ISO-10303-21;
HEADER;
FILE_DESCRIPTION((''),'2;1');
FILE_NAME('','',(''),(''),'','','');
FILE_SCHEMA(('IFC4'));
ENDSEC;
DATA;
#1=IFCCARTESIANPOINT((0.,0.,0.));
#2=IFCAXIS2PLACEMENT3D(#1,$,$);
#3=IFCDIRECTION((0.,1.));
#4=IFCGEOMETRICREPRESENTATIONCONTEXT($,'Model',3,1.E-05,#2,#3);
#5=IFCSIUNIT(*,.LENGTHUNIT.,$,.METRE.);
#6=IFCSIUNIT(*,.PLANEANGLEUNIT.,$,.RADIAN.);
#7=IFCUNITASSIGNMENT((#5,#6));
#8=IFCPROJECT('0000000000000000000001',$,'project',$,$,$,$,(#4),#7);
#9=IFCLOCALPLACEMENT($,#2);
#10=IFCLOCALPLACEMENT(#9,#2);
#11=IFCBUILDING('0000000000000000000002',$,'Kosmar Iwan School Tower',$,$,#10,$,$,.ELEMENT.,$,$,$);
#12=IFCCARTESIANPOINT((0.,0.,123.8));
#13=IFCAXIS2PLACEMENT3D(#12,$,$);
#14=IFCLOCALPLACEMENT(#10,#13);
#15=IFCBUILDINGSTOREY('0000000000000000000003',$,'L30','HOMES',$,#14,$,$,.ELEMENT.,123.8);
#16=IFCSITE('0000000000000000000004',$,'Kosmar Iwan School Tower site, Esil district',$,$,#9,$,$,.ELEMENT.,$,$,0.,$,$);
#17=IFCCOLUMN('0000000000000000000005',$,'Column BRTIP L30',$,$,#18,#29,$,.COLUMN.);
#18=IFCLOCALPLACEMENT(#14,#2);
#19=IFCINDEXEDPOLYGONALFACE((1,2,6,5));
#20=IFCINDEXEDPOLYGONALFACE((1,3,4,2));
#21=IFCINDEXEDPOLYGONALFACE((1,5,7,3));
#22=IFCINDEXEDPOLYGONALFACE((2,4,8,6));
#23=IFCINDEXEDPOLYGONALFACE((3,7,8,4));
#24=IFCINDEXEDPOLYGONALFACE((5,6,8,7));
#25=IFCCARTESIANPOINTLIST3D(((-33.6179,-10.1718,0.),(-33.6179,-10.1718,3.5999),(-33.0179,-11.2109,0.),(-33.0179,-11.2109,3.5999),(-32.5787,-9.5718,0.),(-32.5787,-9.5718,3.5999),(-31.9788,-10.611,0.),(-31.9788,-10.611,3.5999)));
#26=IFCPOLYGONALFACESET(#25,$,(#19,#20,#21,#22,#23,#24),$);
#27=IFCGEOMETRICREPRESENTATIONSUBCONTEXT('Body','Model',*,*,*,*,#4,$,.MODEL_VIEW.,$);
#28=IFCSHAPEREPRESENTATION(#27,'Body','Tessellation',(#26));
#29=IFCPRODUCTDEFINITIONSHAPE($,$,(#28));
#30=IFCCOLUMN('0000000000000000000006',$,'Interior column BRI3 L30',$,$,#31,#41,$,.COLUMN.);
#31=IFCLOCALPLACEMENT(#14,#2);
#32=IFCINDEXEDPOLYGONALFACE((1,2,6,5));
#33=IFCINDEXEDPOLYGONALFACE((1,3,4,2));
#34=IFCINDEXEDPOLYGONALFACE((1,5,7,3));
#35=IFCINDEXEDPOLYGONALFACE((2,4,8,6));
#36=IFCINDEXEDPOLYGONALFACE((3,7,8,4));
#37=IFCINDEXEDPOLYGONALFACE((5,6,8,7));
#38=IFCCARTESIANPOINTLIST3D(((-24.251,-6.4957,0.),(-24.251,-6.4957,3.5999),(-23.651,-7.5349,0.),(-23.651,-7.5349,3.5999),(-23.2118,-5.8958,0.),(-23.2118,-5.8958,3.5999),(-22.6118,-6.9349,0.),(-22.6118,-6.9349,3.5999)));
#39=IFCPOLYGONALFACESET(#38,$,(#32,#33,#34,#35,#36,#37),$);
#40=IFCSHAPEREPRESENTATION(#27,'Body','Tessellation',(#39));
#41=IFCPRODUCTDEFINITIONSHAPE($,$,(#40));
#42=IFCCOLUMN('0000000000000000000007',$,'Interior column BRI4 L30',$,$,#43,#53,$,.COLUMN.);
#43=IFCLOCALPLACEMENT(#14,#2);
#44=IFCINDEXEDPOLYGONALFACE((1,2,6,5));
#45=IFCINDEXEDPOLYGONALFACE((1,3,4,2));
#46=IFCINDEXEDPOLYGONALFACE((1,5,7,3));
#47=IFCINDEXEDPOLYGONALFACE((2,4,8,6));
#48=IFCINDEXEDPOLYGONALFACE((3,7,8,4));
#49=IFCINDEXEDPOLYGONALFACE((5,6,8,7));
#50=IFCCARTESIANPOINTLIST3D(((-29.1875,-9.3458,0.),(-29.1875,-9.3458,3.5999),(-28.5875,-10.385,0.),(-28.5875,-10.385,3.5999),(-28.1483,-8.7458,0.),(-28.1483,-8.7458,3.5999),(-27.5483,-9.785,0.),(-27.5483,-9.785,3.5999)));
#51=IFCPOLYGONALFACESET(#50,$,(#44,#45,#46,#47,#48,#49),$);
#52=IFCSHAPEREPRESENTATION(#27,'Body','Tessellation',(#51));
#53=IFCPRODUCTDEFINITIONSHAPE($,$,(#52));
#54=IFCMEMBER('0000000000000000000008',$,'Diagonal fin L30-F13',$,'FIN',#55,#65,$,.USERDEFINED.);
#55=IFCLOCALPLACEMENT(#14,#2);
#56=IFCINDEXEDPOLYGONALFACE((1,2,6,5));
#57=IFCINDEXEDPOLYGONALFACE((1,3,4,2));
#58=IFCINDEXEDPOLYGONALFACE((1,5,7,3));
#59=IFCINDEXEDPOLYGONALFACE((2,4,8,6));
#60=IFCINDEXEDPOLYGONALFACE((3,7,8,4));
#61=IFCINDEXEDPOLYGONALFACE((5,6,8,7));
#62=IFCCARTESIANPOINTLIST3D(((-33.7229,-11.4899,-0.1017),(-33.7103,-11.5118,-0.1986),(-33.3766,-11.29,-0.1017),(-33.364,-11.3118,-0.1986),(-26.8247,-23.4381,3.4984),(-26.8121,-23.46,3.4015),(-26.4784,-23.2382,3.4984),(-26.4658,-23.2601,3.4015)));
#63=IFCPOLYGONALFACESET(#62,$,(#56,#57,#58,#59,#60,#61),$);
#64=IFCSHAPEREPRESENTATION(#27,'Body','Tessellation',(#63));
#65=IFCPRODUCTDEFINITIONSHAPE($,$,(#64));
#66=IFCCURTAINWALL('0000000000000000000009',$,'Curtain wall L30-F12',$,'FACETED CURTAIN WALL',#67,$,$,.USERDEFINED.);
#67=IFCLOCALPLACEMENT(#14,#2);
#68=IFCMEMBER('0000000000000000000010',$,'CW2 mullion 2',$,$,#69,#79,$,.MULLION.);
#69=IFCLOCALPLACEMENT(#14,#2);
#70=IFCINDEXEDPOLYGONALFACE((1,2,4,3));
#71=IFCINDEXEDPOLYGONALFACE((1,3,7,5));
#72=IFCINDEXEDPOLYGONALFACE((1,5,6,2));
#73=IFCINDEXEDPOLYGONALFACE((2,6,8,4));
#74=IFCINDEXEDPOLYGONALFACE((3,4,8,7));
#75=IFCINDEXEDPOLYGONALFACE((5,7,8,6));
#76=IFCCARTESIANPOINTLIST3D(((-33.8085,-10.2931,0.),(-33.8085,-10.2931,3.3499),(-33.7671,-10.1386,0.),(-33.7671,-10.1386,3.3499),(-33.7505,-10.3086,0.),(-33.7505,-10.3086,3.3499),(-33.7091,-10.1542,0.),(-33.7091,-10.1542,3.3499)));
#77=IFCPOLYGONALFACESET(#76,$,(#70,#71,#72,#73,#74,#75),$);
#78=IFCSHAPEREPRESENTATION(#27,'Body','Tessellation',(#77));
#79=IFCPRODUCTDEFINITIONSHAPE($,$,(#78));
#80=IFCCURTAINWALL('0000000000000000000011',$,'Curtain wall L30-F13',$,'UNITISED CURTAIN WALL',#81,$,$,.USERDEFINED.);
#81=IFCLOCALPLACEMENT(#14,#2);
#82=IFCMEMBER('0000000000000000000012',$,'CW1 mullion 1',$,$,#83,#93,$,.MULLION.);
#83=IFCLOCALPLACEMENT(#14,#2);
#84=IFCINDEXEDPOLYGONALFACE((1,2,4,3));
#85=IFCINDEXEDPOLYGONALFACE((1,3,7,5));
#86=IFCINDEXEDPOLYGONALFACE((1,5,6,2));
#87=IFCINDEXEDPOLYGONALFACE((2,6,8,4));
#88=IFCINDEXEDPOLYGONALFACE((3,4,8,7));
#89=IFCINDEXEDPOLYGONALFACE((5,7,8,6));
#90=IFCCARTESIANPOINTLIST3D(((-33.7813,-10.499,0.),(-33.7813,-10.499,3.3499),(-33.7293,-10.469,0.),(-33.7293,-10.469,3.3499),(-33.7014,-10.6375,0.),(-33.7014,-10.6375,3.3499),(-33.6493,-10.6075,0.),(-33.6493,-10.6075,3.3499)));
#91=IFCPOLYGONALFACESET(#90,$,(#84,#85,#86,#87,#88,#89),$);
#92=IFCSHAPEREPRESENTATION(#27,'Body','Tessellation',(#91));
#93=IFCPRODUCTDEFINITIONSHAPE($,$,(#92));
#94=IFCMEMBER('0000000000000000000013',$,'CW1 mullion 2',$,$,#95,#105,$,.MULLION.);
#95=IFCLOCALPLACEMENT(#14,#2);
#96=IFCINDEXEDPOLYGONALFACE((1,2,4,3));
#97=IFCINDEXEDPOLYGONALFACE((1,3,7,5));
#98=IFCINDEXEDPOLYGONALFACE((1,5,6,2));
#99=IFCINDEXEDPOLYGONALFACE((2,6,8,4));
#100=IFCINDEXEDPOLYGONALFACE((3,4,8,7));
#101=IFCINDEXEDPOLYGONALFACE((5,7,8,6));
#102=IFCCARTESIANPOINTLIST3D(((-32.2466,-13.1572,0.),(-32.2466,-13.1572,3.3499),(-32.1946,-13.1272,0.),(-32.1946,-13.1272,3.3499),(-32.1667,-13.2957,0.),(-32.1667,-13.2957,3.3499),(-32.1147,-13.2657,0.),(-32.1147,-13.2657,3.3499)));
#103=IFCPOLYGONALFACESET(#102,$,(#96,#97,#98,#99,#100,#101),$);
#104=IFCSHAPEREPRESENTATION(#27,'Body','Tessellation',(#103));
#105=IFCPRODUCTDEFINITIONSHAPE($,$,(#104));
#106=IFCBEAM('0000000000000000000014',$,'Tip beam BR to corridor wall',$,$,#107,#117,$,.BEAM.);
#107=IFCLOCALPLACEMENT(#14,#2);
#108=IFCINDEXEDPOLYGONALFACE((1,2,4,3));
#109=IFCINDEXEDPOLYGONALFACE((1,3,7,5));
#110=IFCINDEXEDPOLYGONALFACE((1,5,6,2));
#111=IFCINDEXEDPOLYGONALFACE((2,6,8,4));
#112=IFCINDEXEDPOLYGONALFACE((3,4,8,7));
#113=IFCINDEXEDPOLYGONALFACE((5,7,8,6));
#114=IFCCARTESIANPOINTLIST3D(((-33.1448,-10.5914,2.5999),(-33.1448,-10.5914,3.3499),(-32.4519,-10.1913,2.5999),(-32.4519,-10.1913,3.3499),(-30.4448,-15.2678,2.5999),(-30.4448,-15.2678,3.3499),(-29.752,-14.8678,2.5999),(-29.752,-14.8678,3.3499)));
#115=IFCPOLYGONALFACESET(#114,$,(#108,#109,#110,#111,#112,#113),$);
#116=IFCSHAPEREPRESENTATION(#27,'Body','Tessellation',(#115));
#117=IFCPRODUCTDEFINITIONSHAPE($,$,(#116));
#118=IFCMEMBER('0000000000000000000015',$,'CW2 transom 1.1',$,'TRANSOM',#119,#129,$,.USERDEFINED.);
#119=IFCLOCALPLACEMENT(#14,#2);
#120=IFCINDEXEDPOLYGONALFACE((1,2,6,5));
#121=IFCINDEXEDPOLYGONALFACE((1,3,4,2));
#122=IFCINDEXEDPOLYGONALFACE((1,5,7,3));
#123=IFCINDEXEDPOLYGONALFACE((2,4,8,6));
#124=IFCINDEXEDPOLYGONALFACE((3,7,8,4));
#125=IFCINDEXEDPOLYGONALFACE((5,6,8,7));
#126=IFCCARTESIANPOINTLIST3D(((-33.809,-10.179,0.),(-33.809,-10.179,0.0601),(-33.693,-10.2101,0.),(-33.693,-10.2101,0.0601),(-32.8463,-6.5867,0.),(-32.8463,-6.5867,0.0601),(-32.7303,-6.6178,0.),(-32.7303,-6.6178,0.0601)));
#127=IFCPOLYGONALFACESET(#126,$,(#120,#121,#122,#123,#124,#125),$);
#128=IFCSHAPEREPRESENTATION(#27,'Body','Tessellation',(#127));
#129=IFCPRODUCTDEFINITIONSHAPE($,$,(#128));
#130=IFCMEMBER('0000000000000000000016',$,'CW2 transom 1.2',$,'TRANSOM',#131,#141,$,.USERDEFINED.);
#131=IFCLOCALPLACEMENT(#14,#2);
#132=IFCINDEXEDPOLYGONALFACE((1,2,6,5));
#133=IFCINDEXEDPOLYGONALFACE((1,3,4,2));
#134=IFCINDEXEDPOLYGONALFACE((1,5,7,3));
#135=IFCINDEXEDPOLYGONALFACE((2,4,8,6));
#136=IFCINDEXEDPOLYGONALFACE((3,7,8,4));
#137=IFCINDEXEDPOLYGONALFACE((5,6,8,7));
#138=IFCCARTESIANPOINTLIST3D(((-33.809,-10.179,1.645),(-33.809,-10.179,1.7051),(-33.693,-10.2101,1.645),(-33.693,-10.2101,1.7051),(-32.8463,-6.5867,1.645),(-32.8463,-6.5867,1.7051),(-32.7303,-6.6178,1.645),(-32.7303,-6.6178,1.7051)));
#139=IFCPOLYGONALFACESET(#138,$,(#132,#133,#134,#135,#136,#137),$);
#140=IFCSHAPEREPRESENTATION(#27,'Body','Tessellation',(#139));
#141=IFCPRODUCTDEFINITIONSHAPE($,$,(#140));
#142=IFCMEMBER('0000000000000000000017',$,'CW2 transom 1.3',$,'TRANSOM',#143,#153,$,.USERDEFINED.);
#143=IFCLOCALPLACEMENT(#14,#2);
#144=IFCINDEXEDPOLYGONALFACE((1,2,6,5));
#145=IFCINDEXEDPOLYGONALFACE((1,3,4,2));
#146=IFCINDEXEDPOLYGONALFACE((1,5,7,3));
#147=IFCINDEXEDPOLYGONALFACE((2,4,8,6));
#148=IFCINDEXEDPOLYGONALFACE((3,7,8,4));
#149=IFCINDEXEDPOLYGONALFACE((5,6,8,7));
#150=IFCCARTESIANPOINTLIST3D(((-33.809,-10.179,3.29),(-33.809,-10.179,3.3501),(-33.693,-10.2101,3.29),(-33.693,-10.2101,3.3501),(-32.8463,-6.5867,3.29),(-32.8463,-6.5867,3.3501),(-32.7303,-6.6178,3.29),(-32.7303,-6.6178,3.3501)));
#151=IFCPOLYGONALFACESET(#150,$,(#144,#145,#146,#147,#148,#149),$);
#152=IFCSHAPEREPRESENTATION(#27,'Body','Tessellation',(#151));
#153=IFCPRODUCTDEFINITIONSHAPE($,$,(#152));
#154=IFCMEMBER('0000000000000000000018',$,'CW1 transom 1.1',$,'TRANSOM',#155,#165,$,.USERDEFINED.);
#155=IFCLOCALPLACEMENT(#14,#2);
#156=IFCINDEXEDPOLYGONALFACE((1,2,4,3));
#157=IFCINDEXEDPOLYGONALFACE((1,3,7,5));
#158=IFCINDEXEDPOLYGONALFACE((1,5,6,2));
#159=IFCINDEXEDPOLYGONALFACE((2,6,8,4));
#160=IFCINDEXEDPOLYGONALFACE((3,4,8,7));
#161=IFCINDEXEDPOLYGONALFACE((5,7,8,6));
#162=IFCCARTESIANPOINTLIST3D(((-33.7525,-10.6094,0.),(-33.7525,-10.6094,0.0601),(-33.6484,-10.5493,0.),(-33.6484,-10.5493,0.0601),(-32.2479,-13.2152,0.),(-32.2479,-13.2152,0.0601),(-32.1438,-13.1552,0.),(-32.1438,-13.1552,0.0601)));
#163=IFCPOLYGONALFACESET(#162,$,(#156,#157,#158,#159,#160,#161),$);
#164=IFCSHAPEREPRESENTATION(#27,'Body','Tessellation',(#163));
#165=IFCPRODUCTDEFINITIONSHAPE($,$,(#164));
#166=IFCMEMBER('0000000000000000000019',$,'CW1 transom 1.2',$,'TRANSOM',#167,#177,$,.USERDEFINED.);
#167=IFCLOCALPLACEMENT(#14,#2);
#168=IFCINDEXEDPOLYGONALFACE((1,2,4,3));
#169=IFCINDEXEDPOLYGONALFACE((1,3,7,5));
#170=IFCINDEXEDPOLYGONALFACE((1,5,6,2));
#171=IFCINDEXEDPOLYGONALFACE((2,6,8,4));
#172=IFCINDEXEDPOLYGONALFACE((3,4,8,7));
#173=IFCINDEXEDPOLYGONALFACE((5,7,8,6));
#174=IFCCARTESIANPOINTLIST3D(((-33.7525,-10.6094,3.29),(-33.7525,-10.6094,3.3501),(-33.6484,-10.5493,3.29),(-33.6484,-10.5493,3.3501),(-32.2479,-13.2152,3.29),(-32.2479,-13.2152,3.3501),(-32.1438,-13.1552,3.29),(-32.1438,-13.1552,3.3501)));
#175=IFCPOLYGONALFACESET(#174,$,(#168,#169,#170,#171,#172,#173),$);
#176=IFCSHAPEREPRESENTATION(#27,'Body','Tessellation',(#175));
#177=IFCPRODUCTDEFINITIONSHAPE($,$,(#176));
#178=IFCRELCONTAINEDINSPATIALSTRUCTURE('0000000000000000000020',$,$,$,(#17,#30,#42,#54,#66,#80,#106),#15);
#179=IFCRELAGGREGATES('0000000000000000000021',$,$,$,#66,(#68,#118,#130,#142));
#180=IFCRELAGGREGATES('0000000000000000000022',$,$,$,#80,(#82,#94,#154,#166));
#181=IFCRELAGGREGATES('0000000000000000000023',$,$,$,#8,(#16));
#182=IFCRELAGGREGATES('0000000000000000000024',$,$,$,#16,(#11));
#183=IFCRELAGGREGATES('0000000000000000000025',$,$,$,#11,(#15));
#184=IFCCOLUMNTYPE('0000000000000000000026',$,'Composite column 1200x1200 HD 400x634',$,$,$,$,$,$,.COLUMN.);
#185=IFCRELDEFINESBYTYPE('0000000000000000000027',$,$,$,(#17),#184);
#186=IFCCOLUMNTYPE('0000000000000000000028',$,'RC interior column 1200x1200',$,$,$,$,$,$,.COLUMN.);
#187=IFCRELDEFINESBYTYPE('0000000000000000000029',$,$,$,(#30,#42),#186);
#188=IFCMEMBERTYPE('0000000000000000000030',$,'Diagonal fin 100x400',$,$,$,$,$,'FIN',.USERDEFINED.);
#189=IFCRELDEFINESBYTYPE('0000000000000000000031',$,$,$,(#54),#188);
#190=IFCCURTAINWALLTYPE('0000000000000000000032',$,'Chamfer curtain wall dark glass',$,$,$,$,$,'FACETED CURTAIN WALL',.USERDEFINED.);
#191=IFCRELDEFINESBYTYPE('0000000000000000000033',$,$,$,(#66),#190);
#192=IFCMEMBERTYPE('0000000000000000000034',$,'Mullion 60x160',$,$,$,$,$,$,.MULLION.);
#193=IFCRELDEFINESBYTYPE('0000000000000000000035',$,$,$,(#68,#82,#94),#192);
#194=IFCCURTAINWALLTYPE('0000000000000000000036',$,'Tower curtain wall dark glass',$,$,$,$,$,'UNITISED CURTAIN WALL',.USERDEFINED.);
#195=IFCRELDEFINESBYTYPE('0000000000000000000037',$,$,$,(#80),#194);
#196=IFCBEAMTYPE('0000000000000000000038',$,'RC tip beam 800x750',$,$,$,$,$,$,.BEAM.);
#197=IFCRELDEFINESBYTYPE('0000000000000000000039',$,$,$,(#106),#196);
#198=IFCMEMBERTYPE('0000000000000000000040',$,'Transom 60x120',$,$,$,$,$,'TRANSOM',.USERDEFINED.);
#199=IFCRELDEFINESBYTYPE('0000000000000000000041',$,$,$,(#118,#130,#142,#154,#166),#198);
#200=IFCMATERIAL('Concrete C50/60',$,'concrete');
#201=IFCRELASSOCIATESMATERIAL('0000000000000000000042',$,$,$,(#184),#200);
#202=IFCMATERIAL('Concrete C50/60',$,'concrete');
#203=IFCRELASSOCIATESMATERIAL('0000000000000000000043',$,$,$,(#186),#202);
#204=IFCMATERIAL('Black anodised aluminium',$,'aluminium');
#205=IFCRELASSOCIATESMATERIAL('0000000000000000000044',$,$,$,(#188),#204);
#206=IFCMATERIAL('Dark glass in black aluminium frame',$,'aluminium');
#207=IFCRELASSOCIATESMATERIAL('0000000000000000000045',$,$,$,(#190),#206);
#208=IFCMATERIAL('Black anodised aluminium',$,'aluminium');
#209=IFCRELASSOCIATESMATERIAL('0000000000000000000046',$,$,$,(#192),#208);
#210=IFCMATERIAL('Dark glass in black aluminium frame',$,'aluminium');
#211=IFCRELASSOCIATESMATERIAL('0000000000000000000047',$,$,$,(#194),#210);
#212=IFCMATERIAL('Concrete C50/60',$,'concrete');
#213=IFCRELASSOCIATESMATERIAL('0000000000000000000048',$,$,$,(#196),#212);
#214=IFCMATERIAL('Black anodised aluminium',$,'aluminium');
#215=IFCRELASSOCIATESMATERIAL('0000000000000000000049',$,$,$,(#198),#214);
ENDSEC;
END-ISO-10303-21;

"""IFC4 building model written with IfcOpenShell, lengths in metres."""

from ifc_helpers import new_model, si_unit, direction, frame, origin, origin_2d, place, context, subcontext, project, spatial, rectangle, extrude, material, material_profile, profile_set, type_object, element, aggregate, save


model = new_model("IFC4")

# Units and contexts
model_context = context("Model", 3, precision=1e-05, world=origin(), true_north=direction((0.0, 1.0)))
body_context = subcontext(model_context, "Body", "Model", "MODEL_VIEW")
ifc_project = project(units=[si_unit("LENGTHUNIT", "METRE"), si_unit("PLANEANGLEUNIT", "RADIAN")], contexts=[model_context])

# Site, building, storey
site_placement = place(None, origin())
site = spatial("IfcSite", under=ifc_project, at=site_placement, Name="Kosmar Iwan School Tower site, Esil district", CompositionType="ELEMENT", RefElevation=0.0)
building_placement = place(site_placement, origin())
building = spatial("IfcBuilding", under=site, at=building_placement, Name="Kosmar Iwan School Tower", CompositionType="ELEMENT")
storey_placement = place(building_placement, frame((0.0, 0.0, 123.8)))
storey = spatial("IfcBuildingStorey", under=building, at=storey_placement, Name="L30", Description="HOMES", CompositionType="ELEMENT", Elevation=123.8)

# Columns
ifc_material_1 = material(Name="Concrete C50/60", Category="concrete")
ifc_material_profile_1 = material_profile(ifc_material_1, rectangle(XDim=1.2, YDim=1.2, at=origin_2d()), Name="RC 1200x1200 + HD 400x634")
ifc_profile_set_1 = profile_set([ifc_material_profile_1], Name="Concrete C50/60")
column_type_1 = type_object("IfcColumnType", Name="Composite column 1200x1200 HD 400x634", PredefinedType="COLUMN", material=ifc_profile_set_1)
column_placement = place(storey_placement, frame((-32.7983, -10.3914, 0.0), z_axis=(0.0, 0.0, 1.0), x_axis=(-0.866025, -0.5, 0.0)))
element("IfcColumn", 1, at=column_placement, inside=storey, type_object=column_type_1, Name="Column BRTIP L30", PredefinedType="COLUMN", context=body_context, shape_type="SweptSolid", body=[
    extrude(rectangle(XDim=1.2, YDim=1.2, at=origin_2d()), origin(), (0.0, 0.0, 1.0), 3.5999),
])
ifc_material_2 = material(Name="Concrete C50/60", Category="concrete")
ifc_material_profile_2 = material_profile(ifc_material_2, rectangle(XDim=1.2, YDim=1.2, at=origin_2d()), Name="RC 1200x1200")
ifc_profile_set_2 = profile_set([ifc_material_profile_2], Name="Concrete C50/60")
column_type_2 = type_object("IfcColumnType", Name="RC interior column 1200x1200", PredefinedType="COLUMN", material=ifc_profile_set_2)
for number, where, z_axis, x_axis, name in (
    (2, (-23.4314, -6.7153, 0.0), (0.0, 0.0, 1.0), (-0.866025, -0.5, 0.0), "Interior column BRI3 L30"),
    (3, (-28.3679, -9.5654, 0.0), (0.0, 0.0, 1.0), (-0.866025, -0.5, 0.0), "Interior column BRI4 L30"),
):
    element("IfcColumn", number, at=place(storey_placement, frame(where, z_axis=z_axis, x_axis=x_axis)), inside=storey, type_object=column_type_2, Name=name, PredefinedType="COLUMN", context=body_context, shape_type="SweptSolid", body=[
        extrude(rectangle(XDim=1.2, YDim=1.2, at=origin_2d()), origin(), (0.0, 0.0, 1.0), 3.5999),
    ])

# Member
ifc_material_3 = material(Name="Black anodised aluminium", Category="aluminium")
ifc_material_profile_3 = material_profile(ifc_material_3, rectangle(XDim=0.1001, YDim=0.3999, at=origin_2d()), Name="FIN 100x400")
ifc_profile_set_3 = profile_set([ifc_material_profile_3], Name="Black anodised aluminium")
member_type_1 = type_object("IfcMemberType", Name="Diagonal fin 100x400", ElementType="FIN", PredefinedType="USERDEFINED", material=ifc_profile_set_3)
member_1_placement = place(storey_placement, frame((-33.5435, -11.4009, -0.1501), z_axis=(0.483793, -0.83797, 0.252487), x_axis=(-0.126242, 0.218661, 0.9676)))
element("IfcMember", 4, at=member_1_placement, inside=storey, type_object=member_type_1, Name="Diagonal fin L30-F13", ObjectType="FIN", PredefinedType="USERDEFINED", context=body_context, shape_type="SweptSolid", body=[
    extrude(rectangle(XDim=0.1001, YDim=0.3999, at=origin_2d()), origin(), (0.0, 0.0, 1.0), 14.2585),
])

# Curtain wall, member
ifc_material_4 = material(Name="Dark glass in black aluminium frame", Category="aluminium")
curtain_wall_type_1 = type_object("IfcCurtainWallType", Name="Chamfer curtain wall dark glass", ElementType="FACETED CURTAIN WALL", PredefinedType="USERDEFINED", material=ifc_material_4)
curtain_wall_1_placement = place(storey_placement, origin())
curtain_wall_1 = element("IfcCurtainWall", 5, at=curtain_wall_1_placement, inside=storey, type_object=curtain_wall_type_1, Name="Curtain wall L30-F12", ObjectType="FACETED CURTAIN WALL", PredefinedType="USERDEFINED")
ifc_material_5 = material(Name="Black anodised aluminium", Category="aluminium")
ifc_material_profile_4 = material_profile(ifc_material_5, rectangle(XDim=0.0601, YDim=0.1599, at=origin_2d()), Name="MULLION 60x160")
ifc_profile_set_4 = profile_set([ifc_material_profile_4], Name="Black anodised aluminium")
member_type_2 = type_object("IfcMemberType", Name="Mullion 60x160", PredefinedType="MULLION", material=ifc_profile_set_4)
member_2_placement = place(storey_placement, frame((-33.7588, -10.2236, 0.0), z_axis=(0.0, 0.0, 1.0), x_axis=(0.965926, -0.258819, 0.0)))
member_2 = element("IfcMember", 6, at=member_2_placement, type_object=member_type_2, Name="CW2 mullion 2", PredefinedType="MULLION", context=body_context, shape_type="SweptSolid", body=[
    extrude(rectangle(XDim=0.0601, YDim=0.1599, at=origin_2d()), origin(), (0.0, 0.0, 1.0), 3.3499),
])

# Curtain wall, members
ifc_material_6 = material(Name="Dark glass in black aluminium frame", Category="aluminium")
curtain_wall_type_2 = type_object("IfcCurtainWallType", Name="Tower curtain wall dark glass", ElementType="UNITISED CURTAIN WALL", PredefinedType="USERDEFINED", material=ifc_material_6)
curtain_wall_2_placement = place(storey_placement, origin())
curtain_wall_2 = element("IfcCurtainWall", 7, at=curtain_wall_2_placement, inside=storey, type_object=curtain_wall_type_2, Name="Curtain wall L30-F13", ObjectType="UNITISED CURTAIN WALL", PredefinedType="USERDEFINED")
member_3_placement = place(storey_placement, frame((-33.7153, -10.5532, 0.0), z_axis=(0.0, 0.0, 1.0), x_axis=(0.866025, 0.5, 0.0)))
member_3 = element("IfcMember", 8, at=member_3_placement, type_object=member_type_2, Name="CW1 mullion 1", PredefinedType="MULLION", context=body_context, shape_type="SweptSolid", body=[
    extrude(rectangle(XDim=0.0601, YDim=0.1599, at=origin_2d()), origin(), (0.0, 0.0, 1.0), 3.3499),
])
member_4_placement = place(storey_placement, frame((-32.1807, -13.2114, 0.0), z_axis=(0.0, 0.0, 1.0), x_axis=(0.866025, 0.5, 0.0)))
member_4 = element("IfcMember", 9, at=member_4_placement, type_object=member_type_2, Name="CW1 mullion 2", PredefinedType="MULLION", context=body_context, shape_type="SweptSolid", body=[
    extrude(rectangle(XDim=0.0601, YDim=0.1599, at=origin_2d()), origin(), (0.0, 0.0, 1.0), 3.3499),
])

# Beam
ifc_material_7 = material(Name="Concrete C50/60", Category="concrete")
ifc_material_profile_5 = material_profile(ifc_material_7, rectangle(XDim=0.8, YDim=0.75, at=origin_2d()), Name="RC 800x750")
ifc_profile_set_5 = profile_set([ifc_material_profile_5], Name="Concrete C50/60")
beam_type = type_object("IfcBeamType", Name="RC tip beam 800x750", PredefinedType="BEAM", material=ifc_profile_set_5)
beam_placement = place(storey_placement, frame((-32.7983, -10.3914, 2.9749), z_axis=(0.499995, -0.866028, 0.0), x_axis=(0.866028, 0.499995, 0.0)))
element("IfcBeam", 10, at=beam_placement, inside=storey, type_object=beam_type, Name="Tip beam BR to corridor wall", PredefinedType="BEAM", context=body_context, shape_type="SweptSolid", body=[
    extrude(rectangle(XDim=0.8, YDim=0.75, at=origin_2d()), origin(), (0.0, 0.0, 1.0), 5.3999),
])

# Members
ifc_material_8 = material(Name="Black anodised aluminium", Category="aluminium")
ifc_material_profile_6 = material_profile(ifc_material_8, rectangle(XDim=0.1201, YDim=0.0601, at=origin_2d()), Name="TRANSOM 60x120")
ifc_profile_set_6 = profile_set([ifc_material_profile_6], Name="Black anodised aluminium")
member_type_3 = type_object("IfcMemberType", Name="Transom 60x120", ElementType="TRANSOM", PredefinedType="USERDEFINED", material=ifc_profile_set_6)
member_5_placement = place(storey_placement, frame((-32.7883, -6.6023, 0.03), z_axis=(-0.258843, -0.965919, 0.0), x_axis=(0.965919, -0.258843, 0.0)))
member_5 = element("IfcMember", 11, at=member_5_placement, type_object=member_type_3, Name="CW2 transom 1.1", ObjectType="TRANSOM", PredefinedType="USERDEFINED", context=body_context, shape_type="SweptSolid", body=[
    extrude(rectangle(XDim=0.1201, YDim=0.0601, at=origin_2d()), origin(), (0.0, 0.0, 1.0), 3.719),
])
member_6_placement = place(storey_placement, frame((-32.7883, -6.6023, 1.675), z_axis=(-0.258843, -0.965919, 0.0), x_axis=(0.965919, -0.258843, 0.0)))
member_6 = element("IfcMember", 12, at=member_6_placement, type_object=member_type_3, Name="CW2 transom 1.2", ObjectType="TRANSOM", PredefinedType="USERDEFINED", context=body_context, shape_type="SweptSolid", body=[
    extrude(rectangle(XDim=0.1201, YDim=0.0601, at=origin_2d()), origin(), (0.0, 0.0, 1.0), 3.719),
])
member_7_placement = place(storey_placement, frame((-32.7883, -6.6023, 3.3201), z_axis=(-0.258843, -0.965919, 0.0), x_axis=(0.965919, -0.258843, 0.0)))
member_7 = element("IfcMember", 13, at=member_7_placement, type_object=member_type_3, Name="CW2 transom 1.3", ObjectType="TRANSOM", PredefinedType="USERDEFINED", context=body_context, shape_type="SweptSolid", body=[
    extrude(rectangle(XDim=0.1201, YDim=0.0601, at=origin_2d()), origin(), (0.0, 0.0, 1.0), 3.719),
])
member_8_placement = place(storey_placement, frame((-33.7004, -10.5793, 0.03), z_axis=(0.500022, -0.866013, 0.0), x_axis=(0.866013, 0.500022, 0.0)))
member_8 = element("IfcMember", 14, at=member_8_placement, type_object=member_type_3, Name="CW1 transom 1.1", ObjectType="TRANSOM", PredefinedType="USERDEFINED", context=body_context, shape_type="SweptSolid", body=[
    extrude(rectangle(XDim=0.1201, YDim=0.0601, at=origin_2d()), origin(), (0.0, 0.0, 1.0), 3.009),
])
member_9_placement = place(storey_placement, frame((-33.7004, -10.5793, 3.3201), z_axis=(0.500022, -0.866013, 0.0), x_axis=(0.866013, 0.500022, 0.0)))
member_9 = element("IfcMember", 15, at=member_9_placement, type_object=member_type_3, Name="CW1 transom 1.2", ObjectType="TRANSOM", PredefinedType="USERDEFINED", context=body_context, shape_type="SweptSolid", body=[
    extrude(rectangle(XDim=0.1201, YDim=0.0601, at=origin_2d()), origin(), (0.0, 0.0, 1.0), 3.009),
])

aggregate(curtain_wall_1, [member_2, member_5, member_6, member_7])
aggregate(curtain_wall_2, [member_3, member_4, member_8, member_9])

save(model, "model.ifc")
